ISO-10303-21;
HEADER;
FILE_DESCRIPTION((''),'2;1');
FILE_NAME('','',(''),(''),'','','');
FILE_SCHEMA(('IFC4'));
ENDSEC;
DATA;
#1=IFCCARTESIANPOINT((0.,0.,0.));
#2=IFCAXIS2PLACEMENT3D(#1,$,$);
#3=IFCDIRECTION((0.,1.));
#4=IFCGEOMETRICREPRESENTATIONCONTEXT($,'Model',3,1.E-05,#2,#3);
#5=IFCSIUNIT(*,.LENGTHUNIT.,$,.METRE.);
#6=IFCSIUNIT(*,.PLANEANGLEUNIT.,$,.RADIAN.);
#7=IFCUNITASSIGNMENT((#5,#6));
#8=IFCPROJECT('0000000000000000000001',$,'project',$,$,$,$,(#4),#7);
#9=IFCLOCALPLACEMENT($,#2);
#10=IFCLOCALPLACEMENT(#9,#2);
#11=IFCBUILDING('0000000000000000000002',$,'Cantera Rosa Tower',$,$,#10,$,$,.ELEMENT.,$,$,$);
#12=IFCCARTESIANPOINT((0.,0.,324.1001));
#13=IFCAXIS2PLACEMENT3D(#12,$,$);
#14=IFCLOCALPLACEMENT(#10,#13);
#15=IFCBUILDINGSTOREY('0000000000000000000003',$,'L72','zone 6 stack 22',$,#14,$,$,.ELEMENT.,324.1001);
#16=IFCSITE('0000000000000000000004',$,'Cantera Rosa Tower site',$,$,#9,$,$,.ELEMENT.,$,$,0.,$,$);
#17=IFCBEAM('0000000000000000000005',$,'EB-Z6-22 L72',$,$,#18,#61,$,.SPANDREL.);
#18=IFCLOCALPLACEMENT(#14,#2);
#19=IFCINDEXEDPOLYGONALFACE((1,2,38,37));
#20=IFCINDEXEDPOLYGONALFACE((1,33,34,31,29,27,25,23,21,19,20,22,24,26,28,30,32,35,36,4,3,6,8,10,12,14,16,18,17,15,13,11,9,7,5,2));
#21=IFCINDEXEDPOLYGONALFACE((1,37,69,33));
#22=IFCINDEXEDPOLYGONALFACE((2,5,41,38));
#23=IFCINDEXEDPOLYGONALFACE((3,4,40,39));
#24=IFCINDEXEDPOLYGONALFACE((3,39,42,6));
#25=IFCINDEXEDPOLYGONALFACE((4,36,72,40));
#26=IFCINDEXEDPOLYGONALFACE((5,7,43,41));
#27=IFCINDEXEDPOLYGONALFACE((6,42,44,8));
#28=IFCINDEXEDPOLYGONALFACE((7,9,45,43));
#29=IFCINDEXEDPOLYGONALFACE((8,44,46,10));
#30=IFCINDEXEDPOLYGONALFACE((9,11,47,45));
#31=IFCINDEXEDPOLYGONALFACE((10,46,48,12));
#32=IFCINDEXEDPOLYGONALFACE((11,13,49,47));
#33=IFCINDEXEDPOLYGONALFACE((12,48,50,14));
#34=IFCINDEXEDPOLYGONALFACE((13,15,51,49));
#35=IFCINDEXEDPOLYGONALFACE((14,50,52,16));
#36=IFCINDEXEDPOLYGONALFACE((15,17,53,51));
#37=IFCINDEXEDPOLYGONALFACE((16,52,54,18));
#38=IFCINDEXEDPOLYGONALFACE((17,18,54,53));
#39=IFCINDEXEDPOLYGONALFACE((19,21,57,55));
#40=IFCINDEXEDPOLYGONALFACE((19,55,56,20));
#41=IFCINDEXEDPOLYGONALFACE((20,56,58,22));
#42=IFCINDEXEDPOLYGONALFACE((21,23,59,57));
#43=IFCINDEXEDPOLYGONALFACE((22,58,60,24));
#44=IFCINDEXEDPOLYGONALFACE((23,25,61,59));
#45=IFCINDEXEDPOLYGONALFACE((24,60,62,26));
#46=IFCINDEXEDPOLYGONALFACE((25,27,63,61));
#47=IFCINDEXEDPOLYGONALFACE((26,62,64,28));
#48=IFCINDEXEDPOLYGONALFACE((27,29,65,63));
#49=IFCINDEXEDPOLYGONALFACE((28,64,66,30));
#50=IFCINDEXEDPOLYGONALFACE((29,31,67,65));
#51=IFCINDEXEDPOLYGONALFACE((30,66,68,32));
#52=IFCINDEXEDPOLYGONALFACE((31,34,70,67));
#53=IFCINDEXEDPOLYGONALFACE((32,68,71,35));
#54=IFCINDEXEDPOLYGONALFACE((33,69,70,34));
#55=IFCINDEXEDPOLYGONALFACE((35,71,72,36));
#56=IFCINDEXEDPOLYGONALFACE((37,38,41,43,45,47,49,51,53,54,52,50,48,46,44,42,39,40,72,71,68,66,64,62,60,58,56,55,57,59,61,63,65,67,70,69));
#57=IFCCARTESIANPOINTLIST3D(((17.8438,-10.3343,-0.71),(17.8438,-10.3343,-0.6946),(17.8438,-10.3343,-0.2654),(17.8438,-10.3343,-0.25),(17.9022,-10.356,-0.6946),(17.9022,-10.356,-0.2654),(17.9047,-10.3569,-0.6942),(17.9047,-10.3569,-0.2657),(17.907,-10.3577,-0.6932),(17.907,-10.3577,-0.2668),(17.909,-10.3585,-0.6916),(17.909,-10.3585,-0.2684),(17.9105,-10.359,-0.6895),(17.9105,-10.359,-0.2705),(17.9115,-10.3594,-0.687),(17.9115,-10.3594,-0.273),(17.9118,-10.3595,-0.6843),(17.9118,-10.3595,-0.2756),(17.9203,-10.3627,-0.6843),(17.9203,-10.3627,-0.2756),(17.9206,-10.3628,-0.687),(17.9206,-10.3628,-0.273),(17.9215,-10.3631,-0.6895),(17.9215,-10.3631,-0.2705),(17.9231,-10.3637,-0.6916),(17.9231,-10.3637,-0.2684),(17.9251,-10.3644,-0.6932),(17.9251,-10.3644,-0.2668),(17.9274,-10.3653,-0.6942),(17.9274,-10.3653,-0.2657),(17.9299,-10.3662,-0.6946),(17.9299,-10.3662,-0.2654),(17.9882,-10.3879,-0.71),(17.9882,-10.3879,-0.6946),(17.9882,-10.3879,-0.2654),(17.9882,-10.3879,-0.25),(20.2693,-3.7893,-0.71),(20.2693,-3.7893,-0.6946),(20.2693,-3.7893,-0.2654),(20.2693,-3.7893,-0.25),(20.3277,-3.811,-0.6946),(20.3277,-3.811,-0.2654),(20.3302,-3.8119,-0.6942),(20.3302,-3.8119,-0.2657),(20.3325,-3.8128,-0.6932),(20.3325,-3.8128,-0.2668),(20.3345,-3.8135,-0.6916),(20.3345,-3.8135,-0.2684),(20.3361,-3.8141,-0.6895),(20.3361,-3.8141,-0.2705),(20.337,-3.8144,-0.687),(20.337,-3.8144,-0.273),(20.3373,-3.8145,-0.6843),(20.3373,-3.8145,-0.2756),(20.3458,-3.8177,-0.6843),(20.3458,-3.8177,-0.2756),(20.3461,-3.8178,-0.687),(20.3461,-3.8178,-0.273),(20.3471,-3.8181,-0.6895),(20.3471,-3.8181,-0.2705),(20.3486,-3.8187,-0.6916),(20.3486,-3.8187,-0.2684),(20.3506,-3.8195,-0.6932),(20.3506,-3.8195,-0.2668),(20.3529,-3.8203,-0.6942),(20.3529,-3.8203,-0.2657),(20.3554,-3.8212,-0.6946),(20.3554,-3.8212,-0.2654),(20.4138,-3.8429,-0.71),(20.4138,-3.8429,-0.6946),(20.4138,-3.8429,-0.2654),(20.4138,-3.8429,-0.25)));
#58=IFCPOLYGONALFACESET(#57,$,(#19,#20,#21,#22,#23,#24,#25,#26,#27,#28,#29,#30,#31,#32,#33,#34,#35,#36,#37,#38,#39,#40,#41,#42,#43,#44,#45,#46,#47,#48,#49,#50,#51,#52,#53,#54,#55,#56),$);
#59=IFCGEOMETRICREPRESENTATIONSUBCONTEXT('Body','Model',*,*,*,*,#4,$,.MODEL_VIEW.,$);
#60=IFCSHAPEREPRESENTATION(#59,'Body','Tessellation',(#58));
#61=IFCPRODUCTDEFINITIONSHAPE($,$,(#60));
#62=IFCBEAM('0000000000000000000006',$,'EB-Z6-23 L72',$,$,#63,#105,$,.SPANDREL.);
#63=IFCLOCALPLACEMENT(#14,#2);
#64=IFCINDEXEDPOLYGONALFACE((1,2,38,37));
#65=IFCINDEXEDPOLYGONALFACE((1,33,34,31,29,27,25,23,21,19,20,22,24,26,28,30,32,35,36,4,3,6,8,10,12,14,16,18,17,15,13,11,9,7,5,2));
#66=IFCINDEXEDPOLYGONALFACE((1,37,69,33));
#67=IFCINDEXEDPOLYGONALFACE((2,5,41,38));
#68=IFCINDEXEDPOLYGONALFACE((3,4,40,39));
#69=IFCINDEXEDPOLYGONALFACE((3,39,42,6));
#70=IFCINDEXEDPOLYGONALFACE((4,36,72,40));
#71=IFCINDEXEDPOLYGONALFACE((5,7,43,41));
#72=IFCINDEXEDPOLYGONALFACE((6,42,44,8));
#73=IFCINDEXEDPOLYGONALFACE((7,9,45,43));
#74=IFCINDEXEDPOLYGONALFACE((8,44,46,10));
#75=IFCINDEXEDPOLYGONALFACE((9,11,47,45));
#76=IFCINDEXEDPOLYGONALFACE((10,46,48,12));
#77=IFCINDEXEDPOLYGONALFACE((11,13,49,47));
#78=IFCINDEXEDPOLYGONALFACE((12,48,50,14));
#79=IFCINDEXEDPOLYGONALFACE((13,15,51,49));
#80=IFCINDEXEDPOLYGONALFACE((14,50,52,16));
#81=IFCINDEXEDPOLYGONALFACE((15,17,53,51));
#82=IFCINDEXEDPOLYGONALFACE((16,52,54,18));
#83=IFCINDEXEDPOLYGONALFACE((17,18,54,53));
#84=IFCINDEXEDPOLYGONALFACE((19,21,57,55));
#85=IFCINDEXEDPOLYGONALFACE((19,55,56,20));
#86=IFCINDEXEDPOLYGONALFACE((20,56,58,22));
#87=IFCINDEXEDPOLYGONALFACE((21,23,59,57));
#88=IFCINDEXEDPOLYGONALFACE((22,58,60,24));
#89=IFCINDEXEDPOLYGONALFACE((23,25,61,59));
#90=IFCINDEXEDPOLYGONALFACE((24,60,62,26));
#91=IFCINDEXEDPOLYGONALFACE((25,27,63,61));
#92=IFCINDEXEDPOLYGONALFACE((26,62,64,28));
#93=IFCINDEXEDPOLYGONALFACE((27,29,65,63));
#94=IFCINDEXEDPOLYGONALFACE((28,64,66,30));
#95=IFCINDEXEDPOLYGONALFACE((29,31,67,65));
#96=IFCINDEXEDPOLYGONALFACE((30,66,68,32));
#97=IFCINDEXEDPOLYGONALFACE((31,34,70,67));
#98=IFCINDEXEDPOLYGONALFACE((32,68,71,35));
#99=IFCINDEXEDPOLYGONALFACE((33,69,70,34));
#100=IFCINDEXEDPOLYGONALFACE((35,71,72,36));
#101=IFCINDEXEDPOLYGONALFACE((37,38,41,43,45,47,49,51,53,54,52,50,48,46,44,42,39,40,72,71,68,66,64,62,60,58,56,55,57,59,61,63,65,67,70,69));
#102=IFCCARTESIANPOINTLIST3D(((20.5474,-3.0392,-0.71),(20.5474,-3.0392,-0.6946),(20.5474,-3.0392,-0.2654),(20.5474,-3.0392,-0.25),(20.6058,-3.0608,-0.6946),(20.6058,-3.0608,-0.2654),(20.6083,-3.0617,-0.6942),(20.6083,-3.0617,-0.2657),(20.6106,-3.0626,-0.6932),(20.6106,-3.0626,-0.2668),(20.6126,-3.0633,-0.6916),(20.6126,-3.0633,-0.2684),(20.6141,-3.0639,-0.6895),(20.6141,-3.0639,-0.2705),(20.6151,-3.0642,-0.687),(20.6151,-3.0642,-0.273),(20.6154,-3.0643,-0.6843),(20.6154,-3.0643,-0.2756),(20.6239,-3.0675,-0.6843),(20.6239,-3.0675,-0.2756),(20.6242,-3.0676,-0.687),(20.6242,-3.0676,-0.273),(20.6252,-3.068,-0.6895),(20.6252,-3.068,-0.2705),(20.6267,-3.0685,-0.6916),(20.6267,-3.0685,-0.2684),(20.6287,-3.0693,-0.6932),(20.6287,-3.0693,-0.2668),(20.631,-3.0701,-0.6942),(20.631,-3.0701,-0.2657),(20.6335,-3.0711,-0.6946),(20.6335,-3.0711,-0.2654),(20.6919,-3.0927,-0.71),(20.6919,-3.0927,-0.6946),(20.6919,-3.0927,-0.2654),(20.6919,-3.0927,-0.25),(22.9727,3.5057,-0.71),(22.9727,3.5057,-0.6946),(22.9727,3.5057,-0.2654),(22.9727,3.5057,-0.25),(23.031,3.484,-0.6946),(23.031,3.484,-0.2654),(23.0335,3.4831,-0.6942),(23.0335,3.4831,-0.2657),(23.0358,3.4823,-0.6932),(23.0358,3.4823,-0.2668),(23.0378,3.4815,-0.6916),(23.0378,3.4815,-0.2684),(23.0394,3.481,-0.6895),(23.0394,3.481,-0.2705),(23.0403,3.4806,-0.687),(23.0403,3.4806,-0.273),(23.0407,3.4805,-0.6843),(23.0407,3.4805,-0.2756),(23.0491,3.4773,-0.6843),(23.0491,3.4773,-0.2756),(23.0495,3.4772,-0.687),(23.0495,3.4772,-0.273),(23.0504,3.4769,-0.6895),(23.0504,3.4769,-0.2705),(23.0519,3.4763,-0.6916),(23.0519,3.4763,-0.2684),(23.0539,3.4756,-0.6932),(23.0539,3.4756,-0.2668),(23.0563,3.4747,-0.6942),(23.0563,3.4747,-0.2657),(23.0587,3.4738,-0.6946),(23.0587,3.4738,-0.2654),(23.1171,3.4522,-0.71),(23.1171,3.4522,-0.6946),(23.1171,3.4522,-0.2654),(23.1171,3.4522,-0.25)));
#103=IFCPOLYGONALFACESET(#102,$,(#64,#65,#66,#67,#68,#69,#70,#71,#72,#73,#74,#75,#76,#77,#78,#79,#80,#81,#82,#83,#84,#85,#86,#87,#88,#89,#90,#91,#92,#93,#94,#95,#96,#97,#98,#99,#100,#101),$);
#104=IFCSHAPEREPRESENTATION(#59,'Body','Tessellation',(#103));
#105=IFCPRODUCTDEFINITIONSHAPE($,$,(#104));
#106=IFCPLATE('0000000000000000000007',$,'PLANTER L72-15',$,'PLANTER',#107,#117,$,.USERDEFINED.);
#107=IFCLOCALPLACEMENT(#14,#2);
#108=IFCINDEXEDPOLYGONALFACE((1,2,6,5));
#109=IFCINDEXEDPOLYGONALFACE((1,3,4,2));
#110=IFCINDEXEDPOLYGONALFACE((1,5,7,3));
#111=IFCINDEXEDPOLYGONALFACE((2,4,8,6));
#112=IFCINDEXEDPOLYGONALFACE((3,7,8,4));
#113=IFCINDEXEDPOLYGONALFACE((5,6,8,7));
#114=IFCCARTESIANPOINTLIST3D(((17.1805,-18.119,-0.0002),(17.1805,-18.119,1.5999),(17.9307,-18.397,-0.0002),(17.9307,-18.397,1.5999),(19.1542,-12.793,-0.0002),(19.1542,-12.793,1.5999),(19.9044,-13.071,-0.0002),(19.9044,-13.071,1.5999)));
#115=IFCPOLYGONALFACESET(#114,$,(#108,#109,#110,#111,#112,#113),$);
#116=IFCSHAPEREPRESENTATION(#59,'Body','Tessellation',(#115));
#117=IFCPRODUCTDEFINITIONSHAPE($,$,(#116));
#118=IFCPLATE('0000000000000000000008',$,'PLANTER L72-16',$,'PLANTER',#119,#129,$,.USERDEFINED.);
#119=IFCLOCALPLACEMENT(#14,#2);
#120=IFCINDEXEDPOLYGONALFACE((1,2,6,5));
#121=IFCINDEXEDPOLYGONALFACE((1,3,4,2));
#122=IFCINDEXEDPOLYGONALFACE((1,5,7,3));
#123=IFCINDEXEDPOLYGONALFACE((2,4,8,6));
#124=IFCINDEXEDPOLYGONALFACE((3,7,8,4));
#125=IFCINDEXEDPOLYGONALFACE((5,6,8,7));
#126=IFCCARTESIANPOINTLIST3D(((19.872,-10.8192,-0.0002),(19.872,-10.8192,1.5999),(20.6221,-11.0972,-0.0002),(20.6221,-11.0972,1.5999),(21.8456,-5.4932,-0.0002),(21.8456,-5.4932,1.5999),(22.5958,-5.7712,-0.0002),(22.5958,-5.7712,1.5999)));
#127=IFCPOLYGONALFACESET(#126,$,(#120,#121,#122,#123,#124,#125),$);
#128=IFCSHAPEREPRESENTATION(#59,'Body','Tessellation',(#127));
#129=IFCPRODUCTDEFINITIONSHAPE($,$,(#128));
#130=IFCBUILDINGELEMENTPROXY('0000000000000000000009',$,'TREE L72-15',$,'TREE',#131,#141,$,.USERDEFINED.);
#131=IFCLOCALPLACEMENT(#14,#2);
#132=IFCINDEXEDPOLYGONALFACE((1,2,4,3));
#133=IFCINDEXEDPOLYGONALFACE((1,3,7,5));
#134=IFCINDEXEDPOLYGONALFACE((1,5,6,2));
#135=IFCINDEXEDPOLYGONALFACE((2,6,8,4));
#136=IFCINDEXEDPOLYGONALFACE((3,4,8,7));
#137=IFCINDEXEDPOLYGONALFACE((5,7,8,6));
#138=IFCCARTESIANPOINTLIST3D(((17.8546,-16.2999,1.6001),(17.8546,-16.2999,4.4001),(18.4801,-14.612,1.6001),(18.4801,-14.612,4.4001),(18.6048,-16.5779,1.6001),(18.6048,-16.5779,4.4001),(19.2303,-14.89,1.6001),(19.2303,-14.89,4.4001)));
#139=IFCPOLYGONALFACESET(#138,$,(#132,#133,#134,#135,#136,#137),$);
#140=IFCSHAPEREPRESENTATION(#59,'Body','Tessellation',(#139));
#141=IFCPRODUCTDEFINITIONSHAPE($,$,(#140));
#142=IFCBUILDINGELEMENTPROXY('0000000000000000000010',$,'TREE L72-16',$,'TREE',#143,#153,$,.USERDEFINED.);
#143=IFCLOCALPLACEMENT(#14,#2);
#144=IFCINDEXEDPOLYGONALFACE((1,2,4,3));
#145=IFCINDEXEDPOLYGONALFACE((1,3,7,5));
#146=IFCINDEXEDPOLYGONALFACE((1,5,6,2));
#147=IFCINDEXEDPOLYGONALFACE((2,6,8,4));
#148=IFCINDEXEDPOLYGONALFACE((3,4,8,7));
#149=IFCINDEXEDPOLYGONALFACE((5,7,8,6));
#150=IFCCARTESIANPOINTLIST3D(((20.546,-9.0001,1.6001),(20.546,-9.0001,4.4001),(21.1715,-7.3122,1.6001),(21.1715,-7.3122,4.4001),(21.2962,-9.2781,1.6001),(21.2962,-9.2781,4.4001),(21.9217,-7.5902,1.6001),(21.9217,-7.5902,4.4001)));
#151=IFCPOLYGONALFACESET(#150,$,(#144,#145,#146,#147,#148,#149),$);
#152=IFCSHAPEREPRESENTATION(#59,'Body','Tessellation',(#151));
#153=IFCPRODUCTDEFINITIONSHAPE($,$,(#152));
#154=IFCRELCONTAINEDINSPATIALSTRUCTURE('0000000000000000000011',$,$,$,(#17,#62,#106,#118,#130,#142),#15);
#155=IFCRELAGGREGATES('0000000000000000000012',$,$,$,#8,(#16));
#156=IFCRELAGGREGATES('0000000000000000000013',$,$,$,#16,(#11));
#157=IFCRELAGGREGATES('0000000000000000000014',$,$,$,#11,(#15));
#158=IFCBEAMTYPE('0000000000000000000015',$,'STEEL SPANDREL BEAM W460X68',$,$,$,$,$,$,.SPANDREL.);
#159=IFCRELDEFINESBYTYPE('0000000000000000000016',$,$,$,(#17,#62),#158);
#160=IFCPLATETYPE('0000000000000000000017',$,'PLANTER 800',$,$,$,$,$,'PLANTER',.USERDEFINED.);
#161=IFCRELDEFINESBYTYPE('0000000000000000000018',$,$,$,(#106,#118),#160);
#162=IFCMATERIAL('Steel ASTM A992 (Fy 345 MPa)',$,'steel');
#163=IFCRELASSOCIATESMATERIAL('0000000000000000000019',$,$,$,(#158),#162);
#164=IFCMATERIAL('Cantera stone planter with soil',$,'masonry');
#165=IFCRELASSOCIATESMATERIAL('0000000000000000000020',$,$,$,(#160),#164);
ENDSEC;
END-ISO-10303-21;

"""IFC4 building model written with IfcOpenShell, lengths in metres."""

from ifc_helpers import new_model, si_unit, direction, frame, origin, origin_2d, place, context, subcontext, project, spatial, rectangle, i_section, extrude, material, material_profile, profile_set, type_object, element, save


model = new_model("IFC4")

# Units and contexts
model_context = context("Model", 3, precision=1e-05, world=origin(), true_north=direction((0.0, 1.0)))
body_context = subcontext(model_context, "Body", "Model", "MODEL_VIEW")
ifc_project = project(units=[si_unit("LENGTHUNIT", "METRE"), si_unit("PLANEANGLEUNIT", "RADIAN")], contexts=[model_context])

# Site, building, storey
site_placement = place(None, origin())
site = spatial("IfcSite", under=ifc_project, at=site_placement, Name="Cantera Rosa Tower site", CompositionType="ELEMENT", RefElevation=0.0)
building_placement = place(site_placement, origin())
building = spatial("IfcBuilding", under=site, at=building_placement, Name="Cantera Rosa Tower", CompositionType="ELEMENT")
storey_placement = place(building_placement, frame((0.0, 0.0, 324.1001)))
storey = spatial("IfcBuildingStorey", under=building, at=storey_placement, Name="L72", Description="zone 6 stack 22", CompositionType="ELEMENT", Elevation=324.1001)

# Beams
ifc_material_1 = material(Name="Steel ASTM A992 (Fy 345 MPa)", Category="steel")
ifc_material_profile_1 = material_profile(ifc_material_1, i_section(OverallWidth=0.1541, OverallDepth=0.46, WebThickness=0.009, FlangeThickness=0.0154, FilletRadius=0.0103, at=origin_2d()), Name="W460X68")
ifc_profile_set_1 = profile_set([ifc_material_profile_1], Name="Steel ASTM A992 (Fy 345 MPa)")
beam_type_1 = type_object("IfcBeamType", Name="STEEL SPANDREL BEAM W460X68", PredefinedType="SPANDREL", material=ifc_profile_set_1)
beam_1_placement = place(storey_placement, frame((17.916, -10.3611, -0.48), z_axis=(0.347502, 0.937679, 0.0), x_axis=(-0.937679, 0.347502, 0.0)))
element("IfcBeam", 1, at=beam_1_placement, inside=storey, type_object=beam_type_1, Name="EB-Z6-22 L72", PredefinedType="SPANDREL", context=body_context, shape_type="SweptSolid", body=[
    extrude(i_section(OverallWidth=0.1541, OverallDepth=0.46, WebThickness=0.009, FlangeThickness=0.0154, FilletRadius=0.0103, at=origin_2d()), origin(), (0.0, 0.0, 1.0), 6.98),
])
beam_2_placement = place(storey_placement, frame((20.6196, -3.0659, -0.48), z_axis=(0.347472, 0.937691, 0.0), x_axis=(-0.937691, 0.347472, 0.0)))
element("IfcBeam", 2, at=beam_2_placement, inside=storey, type_object=beam_type_1, Name="EB-Z6-23 L72", PredefinedType="SPANDREL", context=body_context, shape_type="SweptSolid", body=[
    extrude(i_section(OverallWidth=0.1541, OverallDepth=0.46, WebThickness=0.009, FlangeThickness=0.0154, FilletRadius=0.0103, at=origin_2d()), origin(), (0.0, 0.0, 1.0), 6.9797),
])

# Plates
ifc_material_2 = material(Name="Cantera stone planter with soil", Category="masonry")
plate_type = type_object("IfcPlateType", Name="PLANTER 800", ElementType="PLANTER", PredefinedType="USERDEFINED", material=ifc_material_2)
for number, where, z_axis, x_axis, name in (
    (3, (18.5425, -15.595, -0.0002), (0.0, 0.0, 1.0), (0.347481, 0.937687, 0.0), "PLANTER L72-15"),
    (4, (21.2339, -8.2952, -0.0002), (0.0, 0.0, 1.0), (0.347481, 0.937687, 0.0), "PLANTER L72-16"),
):
    element("IfcPlate", number, at=place(storey_placement, frame(where, z_axis=z_axis, x_axis=x_axis)), inside=storey, type_object=plate_type, Name=name, ObjectType="PLANTER", PredefinedType="USERDEFINED", context=body_context, shape_type="SweptSolid", body=[
        extrude(rectangle(XDim=5.6799, YDim=0.8, at=origin_2d()), origin(), (0.0, 0.0, 1.0), 1.6001),
    ])

# Building element proxies
for number, where, z_axis, x_axis, name in (
    (5, (18.5425, -15.595, 1.6001), (0.0, 0.0, 1.0), (0.347481, 0.937687, 0.0), "TREE L72-15"),
    (6, (21.2339, -8.2952, 1.6001), (0.0, 0.0, 1.0), (0.347481, 0.937687, 0.0), "TREE L72-16"),
):
    element("IfcBuildingElementProxy", number, at=place(storey_placement, frame(where, z_axis=z_axis, x_axis=x_axis)), inside=storey, Name=name, ObjectType="TREE", PredefinedType="USERDEFINED", context=body_context, shape_type="SweptSolid", body=[
        extrude(rectangle(XDim=1.8, YDim=0.8, at=origin_2d()), origin(), (0.0, 0.0, 1.0), 2.8),
    ])

save(model, "model.ifc")
